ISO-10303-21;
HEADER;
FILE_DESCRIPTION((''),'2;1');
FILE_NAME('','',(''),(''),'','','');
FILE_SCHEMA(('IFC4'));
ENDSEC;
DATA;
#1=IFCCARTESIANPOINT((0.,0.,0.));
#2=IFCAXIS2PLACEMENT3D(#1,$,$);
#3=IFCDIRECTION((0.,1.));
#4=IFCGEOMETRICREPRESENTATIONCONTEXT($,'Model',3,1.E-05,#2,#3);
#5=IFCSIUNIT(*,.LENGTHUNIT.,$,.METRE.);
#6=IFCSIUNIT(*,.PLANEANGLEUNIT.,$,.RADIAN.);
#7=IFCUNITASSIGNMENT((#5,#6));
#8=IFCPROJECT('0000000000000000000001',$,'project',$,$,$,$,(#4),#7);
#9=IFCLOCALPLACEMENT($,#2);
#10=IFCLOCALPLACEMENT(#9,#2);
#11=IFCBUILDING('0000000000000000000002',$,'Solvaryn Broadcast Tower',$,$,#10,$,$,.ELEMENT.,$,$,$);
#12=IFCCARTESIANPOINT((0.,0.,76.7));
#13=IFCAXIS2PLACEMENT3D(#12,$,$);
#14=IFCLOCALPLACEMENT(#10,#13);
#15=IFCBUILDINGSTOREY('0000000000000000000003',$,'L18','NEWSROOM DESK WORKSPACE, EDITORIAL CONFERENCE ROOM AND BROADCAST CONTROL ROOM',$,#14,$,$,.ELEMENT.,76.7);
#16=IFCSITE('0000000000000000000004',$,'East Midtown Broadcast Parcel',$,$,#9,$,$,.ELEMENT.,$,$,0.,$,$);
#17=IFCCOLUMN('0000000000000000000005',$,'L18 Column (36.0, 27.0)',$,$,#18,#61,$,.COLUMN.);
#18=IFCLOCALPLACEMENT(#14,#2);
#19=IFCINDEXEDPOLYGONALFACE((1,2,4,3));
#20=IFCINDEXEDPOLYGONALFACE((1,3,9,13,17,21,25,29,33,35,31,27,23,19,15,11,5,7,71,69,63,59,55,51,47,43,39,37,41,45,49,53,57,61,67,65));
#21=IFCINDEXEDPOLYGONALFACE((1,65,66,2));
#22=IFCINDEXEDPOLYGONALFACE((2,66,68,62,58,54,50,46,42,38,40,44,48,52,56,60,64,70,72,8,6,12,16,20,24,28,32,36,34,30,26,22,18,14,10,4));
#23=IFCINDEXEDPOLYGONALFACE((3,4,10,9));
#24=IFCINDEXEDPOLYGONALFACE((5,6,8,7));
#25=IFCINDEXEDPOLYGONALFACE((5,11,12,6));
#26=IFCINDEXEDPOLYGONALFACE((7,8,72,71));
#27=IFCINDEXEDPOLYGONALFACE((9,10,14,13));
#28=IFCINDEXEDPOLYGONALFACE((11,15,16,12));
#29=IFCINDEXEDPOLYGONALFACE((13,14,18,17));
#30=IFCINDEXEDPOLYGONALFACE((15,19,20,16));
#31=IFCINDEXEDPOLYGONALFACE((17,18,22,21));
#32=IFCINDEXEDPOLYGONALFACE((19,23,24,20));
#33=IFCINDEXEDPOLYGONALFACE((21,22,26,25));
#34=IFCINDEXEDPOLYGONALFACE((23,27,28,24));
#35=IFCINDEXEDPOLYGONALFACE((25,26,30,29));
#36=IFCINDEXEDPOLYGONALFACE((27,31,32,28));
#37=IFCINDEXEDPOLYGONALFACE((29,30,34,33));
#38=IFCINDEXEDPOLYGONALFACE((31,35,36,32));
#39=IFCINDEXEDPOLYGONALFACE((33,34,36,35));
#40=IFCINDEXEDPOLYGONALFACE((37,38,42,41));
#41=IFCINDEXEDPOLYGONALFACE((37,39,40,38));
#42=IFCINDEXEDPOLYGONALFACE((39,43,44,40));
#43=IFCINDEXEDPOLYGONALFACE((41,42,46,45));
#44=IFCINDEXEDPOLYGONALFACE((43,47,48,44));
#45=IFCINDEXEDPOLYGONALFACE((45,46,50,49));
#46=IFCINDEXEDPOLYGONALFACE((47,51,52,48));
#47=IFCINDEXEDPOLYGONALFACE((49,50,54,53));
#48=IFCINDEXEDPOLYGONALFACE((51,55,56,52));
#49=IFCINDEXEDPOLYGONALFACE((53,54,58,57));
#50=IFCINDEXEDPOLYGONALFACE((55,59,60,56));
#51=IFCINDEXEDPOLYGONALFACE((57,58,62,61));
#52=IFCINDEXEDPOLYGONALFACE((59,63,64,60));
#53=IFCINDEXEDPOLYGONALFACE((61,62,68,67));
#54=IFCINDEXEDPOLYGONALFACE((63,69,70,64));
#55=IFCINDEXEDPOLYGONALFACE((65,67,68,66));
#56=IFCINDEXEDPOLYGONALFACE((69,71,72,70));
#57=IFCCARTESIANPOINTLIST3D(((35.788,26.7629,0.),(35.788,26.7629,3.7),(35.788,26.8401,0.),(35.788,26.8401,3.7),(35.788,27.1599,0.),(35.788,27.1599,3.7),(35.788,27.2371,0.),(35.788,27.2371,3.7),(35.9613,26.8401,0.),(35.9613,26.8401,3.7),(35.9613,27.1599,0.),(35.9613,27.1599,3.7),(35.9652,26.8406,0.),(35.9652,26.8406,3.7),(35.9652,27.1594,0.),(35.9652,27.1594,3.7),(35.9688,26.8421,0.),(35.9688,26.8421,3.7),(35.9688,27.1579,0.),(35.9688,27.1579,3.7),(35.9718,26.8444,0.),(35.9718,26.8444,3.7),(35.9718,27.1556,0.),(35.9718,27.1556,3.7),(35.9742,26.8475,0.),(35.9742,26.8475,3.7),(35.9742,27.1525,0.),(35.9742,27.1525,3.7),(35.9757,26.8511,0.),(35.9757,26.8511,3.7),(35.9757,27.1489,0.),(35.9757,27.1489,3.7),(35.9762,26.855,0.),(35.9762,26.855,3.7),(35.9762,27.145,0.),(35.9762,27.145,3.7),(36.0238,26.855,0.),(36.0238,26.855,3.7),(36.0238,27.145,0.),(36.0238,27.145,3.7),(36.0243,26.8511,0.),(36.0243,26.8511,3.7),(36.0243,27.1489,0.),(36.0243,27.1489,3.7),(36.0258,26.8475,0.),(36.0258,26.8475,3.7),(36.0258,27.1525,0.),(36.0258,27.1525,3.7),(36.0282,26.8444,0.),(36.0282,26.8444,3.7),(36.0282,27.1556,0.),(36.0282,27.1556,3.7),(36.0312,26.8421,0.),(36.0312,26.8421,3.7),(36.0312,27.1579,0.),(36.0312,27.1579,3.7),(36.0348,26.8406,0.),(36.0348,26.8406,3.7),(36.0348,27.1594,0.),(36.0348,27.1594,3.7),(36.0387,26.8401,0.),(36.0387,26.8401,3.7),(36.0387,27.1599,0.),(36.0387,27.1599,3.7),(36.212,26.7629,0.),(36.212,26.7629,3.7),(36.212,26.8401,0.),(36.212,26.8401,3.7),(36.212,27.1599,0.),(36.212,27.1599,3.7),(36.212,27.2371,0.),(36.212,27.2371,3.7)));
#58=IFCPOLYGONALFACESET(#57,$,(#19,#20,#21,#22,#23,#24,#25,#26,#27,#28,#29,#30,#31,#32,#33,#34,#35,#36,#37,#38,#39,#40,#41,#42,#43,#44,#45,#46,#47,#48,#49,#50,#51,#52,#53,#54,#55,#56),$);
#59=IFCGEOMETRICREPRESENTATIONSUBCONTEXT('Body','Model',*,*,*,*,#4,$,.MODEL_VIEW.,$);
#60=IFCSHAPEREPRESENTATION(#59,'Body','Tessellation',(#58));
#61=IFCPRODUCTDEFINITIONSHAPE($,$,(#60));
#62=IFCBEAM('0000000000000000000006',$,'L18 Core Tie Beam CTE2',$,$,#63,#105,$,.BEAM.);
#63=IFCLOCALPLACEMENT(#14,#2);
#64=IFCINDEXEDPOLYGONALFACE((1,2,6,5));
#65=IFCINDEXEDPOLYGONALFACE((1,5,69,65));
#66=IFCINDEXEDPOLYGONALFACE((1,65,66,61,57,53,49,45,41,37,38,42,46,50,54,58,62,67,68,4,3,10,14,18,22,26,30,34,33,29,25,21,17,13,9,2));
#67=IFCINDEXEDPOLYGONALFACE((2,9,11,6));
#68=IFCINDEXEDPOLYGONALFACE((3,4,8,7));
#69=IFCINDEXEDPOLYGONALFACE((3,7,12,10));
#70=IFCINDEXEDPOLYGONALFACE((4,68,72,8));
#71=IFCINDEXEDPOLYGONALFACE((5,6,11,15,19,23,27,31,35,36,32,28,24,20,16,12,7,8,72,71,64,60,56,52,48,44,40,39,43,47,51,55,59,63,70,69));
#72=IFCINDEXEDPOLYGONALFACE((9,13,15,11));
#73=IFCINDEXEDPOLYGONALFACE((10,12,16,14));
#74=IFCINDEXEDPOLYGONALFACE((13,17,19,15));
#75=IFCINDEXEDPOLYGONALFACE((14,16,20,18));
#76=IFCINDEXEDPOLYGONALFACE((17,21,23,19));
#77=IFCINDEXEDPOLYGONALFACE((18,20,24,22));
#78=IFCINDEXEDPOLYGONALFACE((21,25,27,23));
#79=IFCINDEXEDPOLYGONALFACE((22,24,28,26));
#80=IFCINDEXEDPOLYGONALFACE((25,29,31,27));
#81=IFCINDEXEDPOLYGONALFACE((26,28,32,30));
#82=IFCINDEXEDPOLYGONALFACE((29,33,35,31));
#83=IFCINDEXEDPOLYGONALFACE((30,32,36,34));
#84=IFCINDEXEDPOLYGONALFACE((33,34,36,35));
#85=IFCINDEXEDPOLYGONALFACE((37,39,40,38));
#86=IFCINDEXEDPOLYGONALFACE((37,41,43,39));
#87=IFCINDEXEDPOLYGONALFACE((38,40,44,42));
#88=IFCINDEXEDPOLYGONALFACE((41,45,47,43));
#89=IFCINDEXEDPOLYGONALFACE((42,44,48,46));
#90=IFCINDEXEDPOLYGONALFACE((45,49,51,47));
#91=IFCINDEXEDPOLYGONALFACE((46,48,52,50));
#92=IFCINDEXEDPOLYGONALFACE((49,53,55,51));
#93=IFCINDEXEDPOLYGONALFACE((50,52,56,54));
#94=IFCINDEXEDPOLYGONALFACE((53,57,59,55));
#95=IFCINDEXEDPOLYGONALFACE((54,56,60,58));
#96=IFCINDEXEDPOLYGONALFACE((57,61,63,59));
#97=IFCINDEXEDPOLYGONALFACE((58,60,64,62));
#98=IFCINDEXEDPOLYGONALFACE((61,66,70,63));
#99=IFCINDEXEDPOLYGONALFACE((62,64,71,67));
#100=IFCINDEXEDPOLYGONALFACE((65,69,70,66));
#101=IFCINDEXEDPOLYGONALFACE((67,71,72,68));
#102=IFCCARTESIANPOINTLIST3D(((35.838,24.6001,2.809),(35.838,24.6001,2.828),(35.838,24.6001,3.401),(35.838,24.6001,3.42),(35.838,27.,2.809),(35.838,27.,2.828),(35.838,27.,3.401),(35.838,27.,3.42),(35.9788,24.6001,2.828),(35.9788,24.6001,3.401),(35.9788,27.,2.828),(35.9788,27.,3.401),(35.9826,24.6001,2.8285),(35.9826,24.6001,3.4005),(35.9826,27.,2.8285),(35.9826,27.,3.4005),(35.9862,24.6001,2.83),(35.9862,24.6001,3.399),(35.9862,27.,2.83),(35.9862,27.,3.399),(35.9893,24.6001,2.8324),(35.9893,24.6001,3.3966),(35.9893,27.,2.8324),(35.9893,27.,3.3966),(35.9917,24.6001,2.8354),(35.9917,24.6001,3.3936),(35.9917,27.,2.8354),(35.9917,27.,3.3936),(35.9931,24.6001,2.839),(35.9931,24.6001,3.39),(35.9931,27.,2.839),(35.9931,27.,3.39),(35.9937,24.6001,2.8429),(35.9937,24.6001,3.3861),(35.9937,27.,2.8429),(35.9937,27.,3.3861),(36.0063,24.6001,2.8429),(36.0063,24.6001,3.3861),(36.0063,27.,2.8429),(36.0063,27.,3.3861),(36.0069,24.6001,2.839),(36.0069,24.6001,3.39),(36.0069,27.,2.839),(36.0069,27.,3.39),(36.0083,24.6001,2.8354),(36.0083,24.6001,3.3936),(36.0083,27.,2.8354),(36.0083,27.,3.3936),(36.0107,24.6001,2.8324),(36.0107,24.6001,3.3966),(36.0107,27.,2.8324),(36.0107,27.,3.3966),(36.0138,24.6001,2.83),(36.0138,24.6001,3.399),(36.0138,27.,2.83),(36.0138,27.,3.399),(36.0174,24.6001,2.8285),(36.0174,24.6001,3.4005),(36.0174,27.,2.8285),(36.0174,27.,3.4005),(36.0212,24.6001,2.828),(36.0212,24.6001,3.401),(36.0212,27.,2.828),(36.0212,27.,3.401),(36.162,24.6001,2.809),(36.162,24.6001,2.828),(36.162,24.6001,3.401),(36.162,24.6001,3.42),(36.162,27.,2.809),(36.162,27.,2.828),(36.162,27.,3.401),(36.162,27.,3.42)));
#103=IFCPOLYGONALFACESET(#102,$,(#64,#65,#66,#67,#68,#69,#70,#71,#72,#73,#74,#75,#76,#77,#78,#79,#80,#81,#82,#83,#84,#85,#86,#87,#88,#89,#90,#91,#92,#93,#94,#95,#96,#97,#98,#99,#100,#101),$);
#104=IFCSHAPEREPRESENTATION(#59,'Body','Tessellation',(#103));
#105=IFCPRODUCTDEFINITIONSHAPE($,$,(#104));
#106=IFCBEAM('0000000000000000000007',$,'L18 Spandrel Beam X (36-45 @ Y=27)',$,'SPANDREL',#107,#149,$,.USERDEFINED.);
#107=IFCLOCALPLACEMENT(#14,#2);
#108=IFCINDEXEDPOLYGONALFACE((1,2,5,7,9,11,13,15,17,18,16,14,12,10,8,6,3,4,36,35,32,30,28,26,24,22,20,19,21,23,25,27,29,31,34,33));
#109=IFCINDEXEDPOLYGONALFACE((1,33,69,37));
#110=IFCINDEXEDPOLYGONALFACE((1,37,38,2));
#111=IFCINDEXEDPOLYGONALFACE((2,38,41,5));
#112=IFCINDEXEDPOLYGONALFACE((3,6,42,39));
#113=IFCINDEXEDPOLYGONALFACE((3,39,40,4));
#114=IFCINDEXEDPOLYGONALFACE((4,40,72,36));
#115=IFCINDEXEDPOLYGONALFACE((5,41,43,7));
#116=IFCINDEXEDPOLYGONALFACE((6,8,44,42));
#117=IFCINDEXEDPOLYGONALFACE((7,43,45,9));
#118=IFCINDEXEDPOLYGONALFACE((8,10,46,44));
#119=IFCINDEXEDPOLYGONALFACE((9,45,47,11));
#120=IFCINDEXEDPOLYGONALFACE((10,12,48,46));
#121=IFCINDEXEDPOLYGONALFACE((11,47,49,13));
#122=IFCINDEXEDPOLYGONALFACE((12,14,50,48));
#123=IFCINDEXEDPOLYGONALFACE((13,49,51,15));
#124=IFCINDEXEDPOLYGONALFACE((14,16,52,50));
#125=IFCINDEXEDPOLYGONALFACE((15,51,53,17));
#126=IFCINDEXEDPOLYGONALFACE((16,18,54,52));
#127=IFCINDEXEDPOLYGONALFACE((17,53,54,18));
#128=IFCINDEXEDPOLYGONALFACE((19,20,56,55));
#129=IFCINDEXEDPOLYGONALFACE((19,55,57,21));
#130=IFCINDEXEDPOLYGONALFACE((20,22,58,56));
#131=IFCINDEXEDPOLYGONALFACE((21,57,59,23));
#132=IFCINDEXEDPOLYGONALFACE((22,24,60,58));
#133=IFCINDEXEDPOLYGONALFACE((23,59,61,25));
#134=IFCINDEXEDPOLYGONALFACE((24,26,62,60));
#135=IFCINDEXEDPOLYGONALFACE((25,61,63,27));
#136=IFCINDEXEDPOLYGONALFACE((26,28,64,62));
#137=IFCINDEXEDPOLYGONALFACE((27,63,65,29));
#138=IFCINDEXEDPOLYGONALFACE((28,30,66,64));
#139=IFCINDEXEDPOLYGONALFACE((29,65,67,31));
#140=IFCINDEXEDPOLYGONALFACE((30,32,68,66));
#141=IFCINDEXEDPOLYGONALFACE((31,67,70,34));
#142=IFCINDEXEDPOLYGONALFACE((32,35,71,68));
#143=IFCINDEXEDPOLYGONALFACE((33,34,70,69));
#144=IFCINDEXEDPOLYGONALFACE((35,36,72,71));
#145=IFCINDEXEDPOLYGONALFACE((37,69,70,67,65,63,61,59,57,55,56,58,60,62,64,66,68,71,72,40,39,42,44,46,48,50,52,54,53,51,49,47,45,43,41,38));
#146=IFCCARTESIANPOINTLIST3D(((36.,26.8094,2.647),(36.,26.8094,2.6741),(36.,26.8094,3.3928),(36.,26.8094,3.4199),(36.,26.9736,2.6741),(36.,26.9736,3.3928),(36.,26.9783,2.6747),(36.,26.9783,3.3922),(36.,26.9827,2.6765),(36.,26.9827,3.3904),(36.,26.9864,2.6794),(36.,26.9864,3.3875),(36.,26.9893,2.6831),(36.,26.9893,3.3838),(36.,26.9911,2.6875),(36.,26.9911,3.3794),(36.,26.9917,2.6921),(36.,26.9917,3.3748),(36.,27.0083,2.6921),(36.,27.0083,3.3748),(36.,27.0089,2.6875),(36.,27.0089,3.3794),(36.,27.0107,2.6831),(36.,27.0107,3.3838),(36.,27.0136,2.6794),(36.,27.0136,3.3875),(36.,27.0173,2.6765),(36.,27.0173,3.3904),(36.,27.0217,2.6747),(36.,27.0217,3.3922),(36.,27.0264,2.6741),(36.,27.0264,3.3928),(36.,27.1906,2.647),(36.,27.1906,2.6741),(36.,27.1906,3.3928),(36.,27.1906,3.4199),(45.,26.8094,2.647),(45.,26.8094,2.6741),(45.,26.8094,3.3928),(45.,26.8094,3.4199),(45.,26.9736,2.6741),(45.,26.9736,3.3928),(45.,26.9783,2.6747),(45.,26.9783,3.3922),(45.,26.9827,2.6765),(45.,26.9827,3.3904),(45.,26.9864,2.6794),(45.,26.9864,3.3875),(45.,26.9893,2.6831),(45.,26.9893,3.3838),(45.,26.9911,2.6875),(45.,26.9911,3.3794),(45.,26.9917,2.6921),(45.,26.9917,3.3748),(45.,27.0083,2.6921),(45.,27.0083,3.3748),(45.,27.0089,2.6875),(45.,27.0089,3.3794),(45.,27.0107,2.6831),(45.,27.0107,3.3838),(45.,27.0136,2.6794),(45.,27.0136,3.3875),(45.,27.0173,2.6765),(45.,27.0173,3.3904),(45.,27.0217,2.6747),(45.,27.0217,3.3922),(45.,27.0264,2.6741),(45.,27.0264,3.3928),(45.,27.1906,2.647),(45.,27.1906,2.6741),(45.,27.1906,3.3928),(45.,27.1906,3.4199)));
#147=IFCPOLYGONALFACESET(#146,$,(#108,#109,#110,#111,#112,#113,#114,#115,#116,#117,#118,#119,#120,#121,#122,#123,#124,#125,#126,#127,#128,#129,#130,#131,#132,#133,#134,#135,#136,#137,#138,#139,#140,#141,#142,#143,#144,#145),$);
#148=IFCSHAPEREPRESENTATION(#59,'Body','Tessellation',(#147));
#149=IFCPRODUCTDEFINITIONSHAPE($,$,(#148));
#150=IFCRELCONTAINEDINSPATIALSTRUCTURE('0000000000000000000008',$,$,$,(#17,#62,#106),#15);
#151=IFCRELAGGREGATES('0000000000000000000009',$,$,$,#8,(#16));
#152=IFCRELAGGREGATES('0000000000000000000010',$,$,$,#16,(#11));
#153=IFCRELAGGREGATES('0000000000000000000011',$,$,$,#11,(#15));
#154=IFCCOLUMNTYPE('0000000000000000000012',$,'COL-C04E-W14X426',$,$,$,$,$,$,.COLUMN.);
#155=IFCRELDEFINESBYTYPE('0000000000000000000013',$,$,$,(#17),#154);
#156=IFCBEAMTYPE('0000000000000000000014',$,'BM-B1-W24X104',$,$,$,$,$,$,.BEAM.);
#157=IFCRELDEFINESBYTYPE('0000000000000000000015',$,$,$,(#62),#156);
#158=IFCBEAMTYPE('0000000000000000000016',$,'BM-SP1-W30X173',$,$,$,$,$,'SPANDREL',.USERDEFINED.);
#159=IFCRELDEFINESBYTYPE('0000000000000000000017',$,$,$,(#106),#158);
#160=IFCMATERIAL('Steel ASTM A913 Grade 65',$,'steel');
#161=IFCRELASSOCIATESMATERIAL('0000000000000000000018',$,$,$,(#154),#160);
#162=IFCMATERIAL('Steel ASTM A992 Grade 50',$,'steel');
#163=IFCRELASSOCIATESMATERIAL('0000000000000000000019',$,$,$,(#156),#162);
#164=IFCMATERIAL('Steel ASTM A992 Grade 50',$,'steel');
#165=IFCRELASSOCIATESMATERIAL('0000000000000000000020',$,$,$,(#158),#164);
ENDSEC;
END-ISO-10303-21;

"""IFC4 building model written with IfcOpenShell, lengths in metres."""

from ifc_helpers import new_model, si_unit, direction, frame, origin, origin_2d, place, context, subcontext, project, spatial, i_section, extrude, material, material_profile, profile_set, type_object, element, save


model = new_model("IFC4")

# Units and contexts
model_context = context("Model", 3, precision=1e-05, world=origin(), true_north=direction((0.0, 1.0)))
body_context = subcontext(model_context, "Body", "Model", "MODEL_VIEW")
ifc_project = project(units=[si_unit("LENGTHUNIT", "METRE"), si_unit("PLANEANGLEUNIT", "RADIAN")], contexts=[model_context])

# Site, building, storey
site_placement = place(None, origin())
site = spatial("IfcSite", under=ifc_project, at=site_placement, Name="East Midtown Broadcast Parcel", CompositionType="ELEMENT", RefElevation=0.0)
building_placement = place(site_placement, origin())
building = spatial("IfcBuilding", under=site, at=building_placement, Name="Solvaryn Broadcast Tower", CompositionType="ELEMENT")
storey_placement = place(building_placement, frame((0.0, 0.0, 76.7)))
storey = spatial("IfcBuildingStorey", under=building, at=storey_placement, Name="L18", Description="NEWSROOM DESK WORKSPACE, EDITORIAL CONFERENCE ROOM AND BROADCAST CONTROL ROOM", CompositionType="ELEMENT", Elevation=76.7)

# Column
ifc_material_1 = material(Name="Steel ASTM A913 Grade 65", Category="steel")
ifc_material_profile_1 = material_profile(ifc_material_1, i_section(OverallWidth=0.4241, OverallDepth=0.4741, WebThickness=0.0476, FlangeThickness=0.0771, FilletRadius=0.0149, at=origin_2d()))
ifc_profile_set_1 = profile_set([ifc_material_profile_1], Name="Steel ASTM A913 Grade 65")
column_type = type_object("IfcColumnType", Name="COL-C04E-W14X426", PredefinedType="COLUMN", material=ifc_profile_set_1)
column_placement = place(storey_placement, frame((36.0, 27.0, 0.0), z_axis=(0.0, 0.0, 1.0), x_axis=(1.0, 0.0, 0.0)))
element("IfcColumn", 1, at=column_placement, inside=storey, type_object=column_type, Name="L18 Column (36.0, 27.0)", PredefinedType="COLUMN", context=body_context, shape_type="SweptSolid", body=[
    extrude(i_section(OverallWidth=0.4241, OverallDepth=0.4741, WebThickness=0.0476, FlangeThickness=0.0771, FilletRadius=0.0149, at=origin_2d()), origin(), (0.0, 0.0, 1.0), 3.7),
])

# Beams
ifc_material_2 = material(Name="Steel ASTM A992 Grade 50", Category="steel")
ifc_material_profile_2 = material_profile(ifc_material_2, i_section(OverallWidth=0.324, OverallDepth=0.6111, WebThickness=0.0127, FlangeThickness=0.019, FilletRadius=0.0149, at=origin_2d()))
ifc_profile_set_2 = profile_set([ifc_material_profile_2], Name="Steel ASTM A992 Grade 50")
beam_type_1 = type_object("IfcBeamType", Name="BM-B1-W24X104", PredefinedType="BEAM", material=ifc_profile_set_2)
beam_1_placement = place(storey_placement, frame((36.0, 24.6001, 3.1145), z_axis=(0.0, 1.0, 0.0), x_axis=(-1.0, 0.0, 0.0)))
element("IfcBeam", 2, at=beam_1_placement, inside=storey, type_object=beam_type_1, Name="L18 Core Tie Beam CTE2", PredefinedType="BEAM", context=body_context, shape_type="SweptSolid", body=[
    extrude(i_section(OverallWidth=0.324, OverallDepth=0.6111, WebThickness=0.0127, FlangeThickness=0.019, FilletRadius=0.0149, at=origin_2d()), origin(), (0.0, 0.0, 1.0), 2.3999),
])
ifc_material_3 = material(Name="Steel ASTM A992 Grade 50", Category="steel")
ifc_material_profile_3 = material_profile(ifc_material_3, i_section(OverallWidth=0.3811, OverallDepth=0.7729, WebThickness=0.0166, FlangeThickness=0.0271, FilletRadius=0.0181, at=origin_2d()))
ifc_profile_set_3 = profile_set([ifc_material_profile_3], Name="Steel ASTM A992 Grade 50")
beam_type_2 = type_object("IfcBeamType", Name="BM-SP1-W30X173", ElementType="SPANDREL", PredefinedType="USERDEFINED", material=ifc_profile_set_3)
beam_2_placement = place(storey_placement, frame((36.0, 27.0, 3.0334), z_axis=(1.0, 0.0, 0.0), x_axis=(0.0, 1.0, 0.0)))
element("IfcBeam", 3, at=beam_2_placement, inside=storey, type_object=beam_type_2, Name="L18 Spandrel Beam X (36-45 @ Y=27)", ObjectType="SPANDREL", PredefinedType="USERDEFINED", context=body_context, shape_type="SweptSolid", body=[
    extrude(i_section(OverallWidth=0.3811, OverallDepth=0.7729, WebThickness=0.0166, FlangeThickness=0.0271, FilletRadius=0.0181, at=origin_2d()), origin(), (0.0, 0.0, 1.0), 9.0),
])

save(model, "model.ifc")
